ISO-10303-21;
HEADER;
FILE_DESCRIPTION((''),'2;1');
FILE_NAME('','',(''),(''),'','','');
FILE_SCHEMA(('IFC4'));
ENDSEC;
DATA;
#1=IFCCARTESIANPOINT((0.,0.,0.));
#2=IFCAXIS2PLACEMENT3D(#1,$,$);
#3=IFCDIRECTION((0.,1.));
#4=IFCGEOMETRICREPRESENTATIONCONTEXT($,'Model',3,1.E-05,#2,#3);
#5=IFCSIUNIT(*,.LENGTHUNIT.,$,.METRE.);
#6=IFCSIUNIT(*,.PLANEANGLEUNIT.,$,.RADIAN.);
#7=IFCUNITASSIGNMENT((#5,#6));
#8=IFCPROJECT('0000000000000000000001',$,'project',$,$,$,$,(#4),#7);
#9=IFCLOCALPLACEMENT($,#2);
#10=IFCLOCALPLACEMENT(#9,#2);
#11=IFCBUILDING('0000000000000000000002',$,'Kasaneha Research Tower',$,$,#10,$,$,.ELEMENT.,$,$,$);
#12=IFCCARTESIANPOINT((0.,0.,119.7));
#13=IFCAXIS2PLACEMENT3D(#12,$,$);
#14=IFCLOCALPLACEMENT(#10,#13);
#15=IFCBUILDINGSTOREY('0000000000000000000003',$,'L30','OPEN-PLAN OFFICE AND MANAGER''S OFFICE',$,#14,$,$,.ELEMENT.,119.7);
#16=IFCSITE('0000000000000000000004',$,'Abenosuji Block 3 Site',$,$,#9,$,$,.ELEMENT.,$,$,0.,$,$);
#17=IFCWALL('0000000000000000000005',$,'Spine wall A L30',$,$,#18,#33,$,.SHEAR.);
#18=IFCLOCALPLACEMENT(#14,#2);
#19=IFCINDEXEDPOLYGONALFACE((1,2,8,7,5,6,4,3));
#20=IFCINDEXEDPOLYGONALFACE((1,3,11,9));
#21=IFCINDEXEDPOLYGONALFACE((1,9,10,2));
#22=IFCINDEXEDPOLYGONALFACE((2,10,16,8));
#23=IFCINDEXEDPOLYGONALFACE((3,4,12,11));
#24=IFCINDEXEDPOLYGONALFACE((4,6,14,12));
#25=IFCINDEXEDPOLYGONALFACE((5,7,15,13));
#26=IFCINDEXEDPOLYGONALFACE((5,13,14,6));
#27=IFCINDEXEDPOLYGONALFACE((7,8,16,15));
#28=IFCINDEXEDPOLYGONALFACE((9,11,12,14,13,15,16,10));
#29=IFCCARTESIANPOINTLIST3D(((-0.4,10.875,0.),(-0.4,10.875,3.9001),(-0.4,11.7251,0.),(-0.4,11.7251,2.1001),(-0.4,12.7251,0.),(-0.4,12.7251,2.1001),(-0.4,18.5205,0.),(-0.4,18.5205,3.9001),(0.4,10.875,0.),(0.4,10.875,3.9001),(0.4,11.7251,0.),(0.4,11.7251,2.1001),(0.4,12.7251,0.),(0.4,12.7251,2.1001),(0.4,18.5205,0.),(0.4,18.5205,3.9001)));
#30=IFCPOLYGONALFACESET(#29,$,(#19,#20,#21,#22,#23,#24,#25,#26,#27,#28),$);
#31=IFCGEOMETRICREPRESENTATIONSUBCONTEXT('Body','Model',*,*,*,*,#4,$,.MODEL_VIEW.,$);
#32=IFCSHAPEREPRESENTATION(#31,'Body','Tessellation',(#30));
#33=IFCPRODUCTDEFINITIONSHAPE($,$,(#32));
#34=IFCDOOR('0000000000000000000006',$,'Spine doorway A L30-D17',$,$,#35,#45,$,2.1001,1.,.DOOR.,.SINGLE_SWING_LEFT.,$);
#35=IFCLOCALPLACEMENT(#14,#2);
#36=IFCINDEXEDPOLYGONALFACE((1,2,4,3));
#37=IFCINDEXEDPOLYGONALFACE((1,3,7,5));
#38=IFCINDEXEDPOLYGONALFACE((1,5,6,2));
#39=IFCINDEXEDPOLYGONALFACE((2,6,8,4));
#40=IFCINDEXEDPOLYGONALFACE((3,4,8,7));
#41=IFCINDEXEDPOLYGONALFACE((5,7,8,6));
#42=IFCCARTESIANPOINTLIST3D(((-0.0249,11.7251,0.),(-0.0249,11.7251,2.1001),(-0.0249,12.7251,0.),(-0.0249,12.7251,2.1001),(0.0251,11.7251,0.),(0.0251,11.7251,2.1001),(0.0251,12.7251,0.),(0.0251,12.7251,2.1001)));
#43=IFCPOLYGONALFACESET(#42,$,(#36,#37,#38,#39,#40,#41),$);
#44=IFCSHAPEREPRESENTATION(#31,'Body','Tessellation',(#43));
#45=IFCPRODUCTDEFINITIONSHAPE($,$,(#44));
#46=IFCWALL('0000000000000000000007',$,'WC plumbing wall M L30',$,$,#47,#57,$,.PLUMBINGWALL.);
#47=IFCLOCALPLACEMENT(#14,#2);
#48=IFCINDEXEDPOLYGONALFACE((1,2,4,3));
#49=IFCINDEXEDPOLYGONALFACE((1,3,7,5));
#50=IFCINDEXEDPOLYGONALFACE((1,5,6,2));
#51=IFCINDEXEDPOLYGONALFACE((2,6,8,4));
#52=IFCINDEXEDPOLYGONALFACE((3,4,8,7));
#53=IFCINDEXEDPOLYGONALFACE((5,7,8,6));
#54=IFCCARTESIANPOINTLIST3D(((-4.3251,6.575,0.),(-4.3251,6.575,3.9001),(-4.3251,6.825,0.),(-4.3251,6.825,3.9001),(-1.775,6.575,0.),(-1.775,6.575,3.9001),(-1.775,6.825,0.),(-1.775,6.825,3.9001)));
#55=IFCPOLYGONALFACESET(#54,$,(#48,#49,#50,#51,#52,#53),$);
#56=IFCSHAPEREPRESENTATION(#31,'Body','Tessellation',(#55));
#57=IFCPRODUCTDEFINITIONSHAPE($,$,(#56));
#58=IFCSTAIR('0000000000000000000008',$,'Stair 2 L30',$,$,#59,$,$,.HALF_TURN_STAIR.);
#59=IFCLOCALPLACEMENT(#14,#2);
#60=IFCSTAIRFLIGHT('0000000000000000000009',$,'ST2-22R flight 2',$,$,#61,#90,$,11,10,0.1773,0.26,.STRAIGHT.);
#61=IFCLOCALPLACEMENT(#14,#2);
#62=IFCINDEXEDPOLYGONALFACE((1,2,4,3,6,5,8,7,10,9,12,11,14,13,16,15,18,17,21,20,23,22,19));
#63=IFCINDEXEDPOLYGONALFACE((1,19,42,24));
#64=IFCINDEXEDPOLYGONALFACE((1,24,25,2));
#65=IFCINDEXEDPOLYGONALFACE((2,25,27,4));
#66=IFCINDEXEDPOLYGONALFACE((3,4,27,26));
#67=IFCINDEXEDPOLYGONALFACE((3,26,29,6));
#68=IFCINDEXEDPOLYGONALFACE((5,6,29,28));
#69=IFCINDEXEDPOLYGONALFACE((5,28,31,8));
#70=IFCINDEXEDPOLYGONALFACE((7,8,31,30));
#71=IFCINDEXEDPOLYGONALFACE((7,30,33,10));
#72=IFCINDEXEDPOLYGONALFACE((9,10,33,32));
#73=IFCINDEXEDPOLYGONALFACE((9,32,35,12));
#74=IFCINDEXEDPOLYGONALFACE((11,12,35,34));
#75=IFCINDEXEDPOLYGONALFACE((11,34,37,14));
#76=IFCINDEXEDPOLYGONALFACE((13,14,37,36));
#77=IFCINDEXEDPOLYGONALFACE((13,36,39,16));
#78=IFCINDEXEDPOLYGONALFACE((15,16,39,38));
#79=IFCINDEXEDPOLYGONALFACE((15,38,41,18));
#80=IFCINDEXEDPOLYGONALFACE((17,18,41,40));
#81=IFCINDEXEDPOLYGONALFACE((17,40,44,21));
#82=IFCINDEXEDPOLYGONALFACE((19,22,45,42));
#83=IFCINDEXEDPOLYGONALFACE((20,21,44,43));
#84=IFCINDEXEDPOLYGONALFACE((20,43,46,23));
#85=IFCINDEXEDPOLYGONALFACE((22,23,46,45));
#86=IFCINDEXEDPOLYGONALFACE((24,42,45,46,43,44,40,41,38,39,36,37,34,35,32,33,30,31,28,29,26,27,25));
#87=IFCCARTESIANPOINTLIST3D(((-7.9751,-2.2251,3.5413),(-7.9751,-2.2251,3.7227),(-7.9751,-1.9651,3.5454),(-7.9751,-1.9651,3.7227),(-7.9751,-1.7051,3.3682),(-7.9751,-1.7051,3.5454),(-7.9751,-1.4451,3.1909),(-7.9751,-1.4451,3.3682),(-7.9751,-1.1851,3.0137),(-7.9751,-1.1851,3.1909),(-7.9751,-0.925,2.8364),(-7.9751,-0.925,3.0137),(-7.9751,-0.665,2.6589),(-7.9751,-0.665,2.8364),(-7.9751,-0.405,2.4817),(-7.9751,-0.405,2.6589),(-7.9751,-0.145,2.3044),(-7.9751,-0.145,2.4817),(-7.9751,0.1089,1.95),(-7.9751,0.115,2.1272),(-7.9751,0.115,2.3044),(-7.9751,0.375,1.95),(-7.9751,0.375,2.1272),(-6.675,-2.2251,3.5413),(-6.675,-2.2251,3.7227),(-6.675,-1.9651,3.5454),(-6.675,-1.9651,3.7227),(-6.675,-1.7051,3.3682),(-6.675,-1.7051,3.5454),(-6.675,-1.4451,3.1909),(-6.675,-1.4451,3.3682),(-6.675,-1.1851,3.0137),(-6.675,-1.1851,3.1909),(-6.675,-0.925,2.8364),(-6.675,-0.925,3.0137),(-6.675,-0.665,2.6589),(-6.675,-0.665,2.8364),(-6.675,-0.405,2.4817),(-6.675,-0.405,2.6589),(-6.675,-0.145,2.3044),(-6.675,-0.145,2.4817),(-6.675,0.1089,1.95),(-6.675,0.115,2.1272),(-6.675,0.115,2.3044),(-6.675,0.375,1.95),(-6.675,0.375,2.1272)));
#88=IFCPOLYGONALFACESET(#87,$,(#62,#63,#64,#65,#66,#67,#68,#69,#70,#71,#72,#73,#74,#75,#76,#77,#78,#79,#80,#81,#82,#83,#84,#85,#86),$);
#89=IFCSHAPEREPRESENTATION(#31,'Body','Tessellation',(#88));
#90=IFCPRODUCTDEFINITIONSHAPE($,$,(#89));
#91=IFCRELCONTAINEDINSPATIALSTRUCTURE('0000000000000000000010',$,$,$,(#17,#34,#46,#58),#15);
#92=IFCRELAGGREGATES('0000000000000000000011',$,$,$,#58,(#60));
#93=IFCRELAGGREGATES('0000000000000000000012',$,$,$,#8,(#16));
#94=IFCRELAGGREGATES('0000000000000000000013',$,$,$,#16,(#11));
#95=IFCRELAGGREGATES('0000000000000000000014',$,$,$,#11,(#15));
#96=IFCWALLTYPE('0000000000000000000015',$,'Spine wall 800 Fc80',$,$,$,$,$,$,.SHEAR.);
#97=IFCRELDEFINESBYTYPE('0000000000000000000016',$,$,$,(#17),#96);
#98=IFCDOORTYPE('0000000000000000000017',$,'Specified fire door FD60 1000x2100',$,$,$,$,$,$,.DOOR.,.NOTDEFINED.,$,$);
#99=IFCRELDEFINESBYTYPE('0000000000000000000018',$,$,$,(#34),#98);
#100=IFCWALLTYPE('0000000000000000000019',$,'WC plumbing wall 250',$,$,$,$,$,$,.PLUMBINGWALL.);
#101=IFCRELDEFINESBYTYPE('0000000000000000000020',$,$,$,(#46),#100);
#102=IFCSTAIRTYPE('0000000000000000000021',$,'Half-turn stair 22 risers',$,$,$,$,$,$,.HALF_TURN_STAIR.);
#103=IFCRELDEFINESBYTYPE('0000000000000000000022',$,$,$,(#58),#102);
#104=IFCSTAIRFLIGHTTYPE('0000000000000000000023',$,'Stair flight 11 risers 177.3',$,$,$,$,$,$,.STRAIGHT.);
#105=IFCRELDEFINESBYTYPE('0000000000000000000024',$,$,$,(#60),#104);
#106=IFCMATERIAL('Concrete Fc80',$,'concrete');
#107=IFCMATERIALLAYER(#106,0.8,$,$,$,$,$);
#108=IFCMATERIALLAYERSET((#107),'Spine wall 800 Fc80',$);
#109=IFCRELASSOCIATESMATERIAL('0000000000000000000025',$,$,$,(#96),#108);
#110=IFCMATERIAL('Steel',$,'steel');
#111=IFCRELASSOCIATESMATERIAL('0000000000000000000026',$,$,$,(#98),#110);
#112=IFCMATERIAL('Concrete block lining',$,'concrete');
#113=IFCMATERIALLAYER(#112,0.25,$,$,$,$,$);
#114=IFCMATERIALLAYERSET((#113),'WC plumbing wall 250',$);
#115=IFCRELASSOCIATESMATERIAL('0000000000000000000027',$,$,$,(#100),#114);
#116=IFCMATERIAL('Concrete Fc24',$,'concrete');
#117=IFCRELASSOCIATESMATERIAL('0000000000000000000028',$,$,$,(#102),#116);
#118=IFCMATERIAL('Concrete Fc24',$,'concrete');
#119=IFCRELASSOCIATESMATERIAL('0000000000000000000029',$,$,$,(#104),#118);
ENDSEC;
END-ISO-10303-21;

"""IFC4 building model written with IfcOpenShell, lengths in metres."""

from ifc_helpers import new_model, si_unit, direction, frame, frame_2d, origin, place, context, subcontext, project, spatial, polyline, rectangle, outline, extrude, material, layer, layer_set, type_object, element, fill, aggregate, save


model = new_model("IFC4")

# Units and contexts
model_context = context("Model", 3, precision=1e-05, world=origin(), true_north=direction((0.0, 1.0)))
body_context = subcontext(model_context, "Body", "Model", "MODEL_VIEW")
ifc_project = project(units=[si_unit("LENGTHUNIT", "METRE"), si_unit("PLANEANGLEUNIT", "RADIAN")], contexts=[model_context])

# Site, building, storey
site_placement = place(None, origin())
site = spatial("IfcSite", under=ifc_project, at=site_placement, Name="Abenosuji Block 3 Site", CompositionType="ELEMENT", RefElevation=0.0)
building_placement = place(site_placement, origin())
building = spatial("IfcBuilding", under=site, at=building_placement, Name="Kasaneha Research Tower", CompositionType="ELEMENT")
storey_placement = place(building_placement, frame((0.0, 0.0, 119.7)))
storey = spatial("IfcBuildingStorey", under=building, at=storey_placement, Name="L30", Description="OPEN-PLAN OFFICE AND MANAGER'S OFFICE", CompositionType="ELEMENT", Elevation=119.7)

# Wall, opening, door
ifc_material_1 = material(Name="Concrete Fc80", Category="concrete")
ifc_layer_1 = layer(ifc_material_1, 0.8)
ifc_layer_set_1 = layer_set([ifc_layer_1], Name="Spine wall 800 Fc80")
wall_type_1 = type_object("IfcWallType", Name="Spine wall 800 Fc80", PredefinedType="SHEAR", material=ifc_layer_set_1)
wall_1_placement = place(storey_placement, frame((0.0, 10.875, 0.0), z_axis=(0.0, 0.0, 1.0), x_axis=(0.0, 1.0, 0.0)))
wall_1 = element("IfcWall", 1, at=wall_1_placement, inside=storey, type_object=wall_type_1, Name="Spine wall A L30", PredefinedType="SHEAR", context=body_context, shape_type="SweptSolid", body=[
    extrude(rectangle(XDim=7.6455, YDim=0.8, at=frame_2d((3.8228, 0.0))), origin(), (0.0, 0.0, 1.0), 3.9001),
])
opening_1_placement = place(wall_1_placement, frame((0.8501, 0.0, 0.0)))
opening_1 = element("IfcOpeningElement", 2, at=opening_1_placement, cuts=wall_1, PredefinedType="OPENING", context=body_context, shape_type="SweptSolid", body=[
    extrude(rectangle(XDim=1.0, YDim=2.1001, at=frame_2d((0.5, 1.05))), frame((0.0, 0.4102, 0.0), z_axis=(0.0, -1.0, 0.0), x_axis=(1.0, 0.0, 0.0)), (0.0, 0.0, 1.0), 0.8201),
])
ifc_material_2 = material(Name="Steel", Category="steel")
door_type_1 = type_object("IfcDoorType", Name="Specified fire door FD60 1000x2100", OperationType="NOTDEFINED", PredefinedType="DOOR", material=ifc_material_2)
door_1_placement = place(opening_1_placement, origin())
door_1 = element("IfcDoor", 3, at=door_1_placement, inside=storey, type_object=door_type_1, Name="Spine doorway A L30-D17", OperationType="SINGLE_SWING_LEFT", OverallHeight=2.1001, OverallWidth=1.0, PredefinedType="DOOR", context=body_context, shape_type="SweptSolid", body=[
    extrude(rectangle(XDim=1.0, YDim=2.1001, at=frame_2d((0.5, 1.05))), frame((0.0, 0.0249, 0.0), z_axis=(0.0, -1.0, 0.0), x_axis=(1.0, 0.0, 0.0)), (0.0, 0.0, 1.0), 0.05),
])
fill(opening_1, door_1)

# Wall
ifc_material_3 = material(Name="Concrete block lining", Category="concrete")
ifc_layer_2 = layer(ifc_material_3, 0.25)
ifc_layer_set_2 = layer_set([ifc_layer_2], Name="WC plumbing wall 250")
wall_type_2 = type_object("IfcWallType", Name="WC plumbing wall 250", PredefinedType="PLUMBINGWALL", material=ifc_layer_set_2)
wall_2_placement = place(storey_placement, frame((-4.325, 6.7, 0.0), z_axis=(0.0, 0.0, 1.0), x_axis=(1.0, 0.0, 0.0)))
element("IfcWall", 4, at=wall_2_placement, inside=storey, type_object=wall_type_2, Name="WC plumbing wall M L30", PredefinedType="PLUMBINGWALL", context=body_context, shape_type="SweptSolid", body=[
    extrude(rectangle(XDim=2.55, YDim=0.25, at=frame_2d((1.2749, 0.0))), origin(), (0.0, 0.0, 1.0), 3.9001),
])

# Stair, stair flight
ifc_material_4 = material(Name="Concrete Fc24", Category="concrete")
stair_type = type_object("IfcStairType", Name="Half-turn stair 22 risers", PredefinedType="HALF_TURN_STAIR", material=ifc_material_4)
stair_placement = place(storey_placement, origin())
stair = element("IfcStair", 5, at=stair_placement, inside=storey, type_object=stair_type, Name="Stair 2 L30", PredefinedType="HALF_TURN_STAIR")
ifc_material_5 = material(Name="Concrete Fc24", Category="concrete")
stair_flight_type = type_object("IfcStairFlightType", Name="Stair flight 11 risers 177.3", PredefinedType="STRAIGHT", material=ifc_material_5)
stair_flight_placement = place(storey_placement, frame((-7.325, 0.375, 1.95), z_axis=(0.0, 0.0, 1.0), x_axis=(0.0, -1.0, 0.0)))
stair_flight = element("IfcStairFlight", 6, at=stair_flight_placement, type_object=stair_flight_type, Name="ST2-22R flight 2", NumberOfRisers=11, NumberOfTreads=10, PredefinedType="STRAIGHT", RiserHeight=0.1773, TreadLength=0.26, context=body_context, shape_type="SweptSolid", body=[
    extrude(outline(polyline([(0.0, 0.0), (0.0, 0.1772), (0.26, 0.1772), (0.26, 0.3545), (0.52, 0.3545), (0.52, 0.5317), (0.78, 0.5317), (0.78, 0.709), (1.04, 0.709), (1.04, 0.8865), (1.3, 0.8865), (1.3, 1.0637), (1.5601, 1.0637), (1.5601, 1.241), (1.8201, 1.241), (1.8201, 1.4182), (2.0801, 1.4182), (2.0801, 1.5955), (2.3401, 1.5955), (2.3401, 1.7727), (2.6001, 1.7727), (2.6001, 1.95), (2.6001, 1.5913), (0.2661, 0.0), (0.0, 0.0)])), frame((0.0, 0.6499, 0.0), z_axis=(0.0, -1.0, 0.0), x_axis=(1.0, 0.0, 0.0)), (0.0, 0.0, 1.0), 1.3),
])
aggregate(stair, [stair_flight])

save(model, "model.ifc")
